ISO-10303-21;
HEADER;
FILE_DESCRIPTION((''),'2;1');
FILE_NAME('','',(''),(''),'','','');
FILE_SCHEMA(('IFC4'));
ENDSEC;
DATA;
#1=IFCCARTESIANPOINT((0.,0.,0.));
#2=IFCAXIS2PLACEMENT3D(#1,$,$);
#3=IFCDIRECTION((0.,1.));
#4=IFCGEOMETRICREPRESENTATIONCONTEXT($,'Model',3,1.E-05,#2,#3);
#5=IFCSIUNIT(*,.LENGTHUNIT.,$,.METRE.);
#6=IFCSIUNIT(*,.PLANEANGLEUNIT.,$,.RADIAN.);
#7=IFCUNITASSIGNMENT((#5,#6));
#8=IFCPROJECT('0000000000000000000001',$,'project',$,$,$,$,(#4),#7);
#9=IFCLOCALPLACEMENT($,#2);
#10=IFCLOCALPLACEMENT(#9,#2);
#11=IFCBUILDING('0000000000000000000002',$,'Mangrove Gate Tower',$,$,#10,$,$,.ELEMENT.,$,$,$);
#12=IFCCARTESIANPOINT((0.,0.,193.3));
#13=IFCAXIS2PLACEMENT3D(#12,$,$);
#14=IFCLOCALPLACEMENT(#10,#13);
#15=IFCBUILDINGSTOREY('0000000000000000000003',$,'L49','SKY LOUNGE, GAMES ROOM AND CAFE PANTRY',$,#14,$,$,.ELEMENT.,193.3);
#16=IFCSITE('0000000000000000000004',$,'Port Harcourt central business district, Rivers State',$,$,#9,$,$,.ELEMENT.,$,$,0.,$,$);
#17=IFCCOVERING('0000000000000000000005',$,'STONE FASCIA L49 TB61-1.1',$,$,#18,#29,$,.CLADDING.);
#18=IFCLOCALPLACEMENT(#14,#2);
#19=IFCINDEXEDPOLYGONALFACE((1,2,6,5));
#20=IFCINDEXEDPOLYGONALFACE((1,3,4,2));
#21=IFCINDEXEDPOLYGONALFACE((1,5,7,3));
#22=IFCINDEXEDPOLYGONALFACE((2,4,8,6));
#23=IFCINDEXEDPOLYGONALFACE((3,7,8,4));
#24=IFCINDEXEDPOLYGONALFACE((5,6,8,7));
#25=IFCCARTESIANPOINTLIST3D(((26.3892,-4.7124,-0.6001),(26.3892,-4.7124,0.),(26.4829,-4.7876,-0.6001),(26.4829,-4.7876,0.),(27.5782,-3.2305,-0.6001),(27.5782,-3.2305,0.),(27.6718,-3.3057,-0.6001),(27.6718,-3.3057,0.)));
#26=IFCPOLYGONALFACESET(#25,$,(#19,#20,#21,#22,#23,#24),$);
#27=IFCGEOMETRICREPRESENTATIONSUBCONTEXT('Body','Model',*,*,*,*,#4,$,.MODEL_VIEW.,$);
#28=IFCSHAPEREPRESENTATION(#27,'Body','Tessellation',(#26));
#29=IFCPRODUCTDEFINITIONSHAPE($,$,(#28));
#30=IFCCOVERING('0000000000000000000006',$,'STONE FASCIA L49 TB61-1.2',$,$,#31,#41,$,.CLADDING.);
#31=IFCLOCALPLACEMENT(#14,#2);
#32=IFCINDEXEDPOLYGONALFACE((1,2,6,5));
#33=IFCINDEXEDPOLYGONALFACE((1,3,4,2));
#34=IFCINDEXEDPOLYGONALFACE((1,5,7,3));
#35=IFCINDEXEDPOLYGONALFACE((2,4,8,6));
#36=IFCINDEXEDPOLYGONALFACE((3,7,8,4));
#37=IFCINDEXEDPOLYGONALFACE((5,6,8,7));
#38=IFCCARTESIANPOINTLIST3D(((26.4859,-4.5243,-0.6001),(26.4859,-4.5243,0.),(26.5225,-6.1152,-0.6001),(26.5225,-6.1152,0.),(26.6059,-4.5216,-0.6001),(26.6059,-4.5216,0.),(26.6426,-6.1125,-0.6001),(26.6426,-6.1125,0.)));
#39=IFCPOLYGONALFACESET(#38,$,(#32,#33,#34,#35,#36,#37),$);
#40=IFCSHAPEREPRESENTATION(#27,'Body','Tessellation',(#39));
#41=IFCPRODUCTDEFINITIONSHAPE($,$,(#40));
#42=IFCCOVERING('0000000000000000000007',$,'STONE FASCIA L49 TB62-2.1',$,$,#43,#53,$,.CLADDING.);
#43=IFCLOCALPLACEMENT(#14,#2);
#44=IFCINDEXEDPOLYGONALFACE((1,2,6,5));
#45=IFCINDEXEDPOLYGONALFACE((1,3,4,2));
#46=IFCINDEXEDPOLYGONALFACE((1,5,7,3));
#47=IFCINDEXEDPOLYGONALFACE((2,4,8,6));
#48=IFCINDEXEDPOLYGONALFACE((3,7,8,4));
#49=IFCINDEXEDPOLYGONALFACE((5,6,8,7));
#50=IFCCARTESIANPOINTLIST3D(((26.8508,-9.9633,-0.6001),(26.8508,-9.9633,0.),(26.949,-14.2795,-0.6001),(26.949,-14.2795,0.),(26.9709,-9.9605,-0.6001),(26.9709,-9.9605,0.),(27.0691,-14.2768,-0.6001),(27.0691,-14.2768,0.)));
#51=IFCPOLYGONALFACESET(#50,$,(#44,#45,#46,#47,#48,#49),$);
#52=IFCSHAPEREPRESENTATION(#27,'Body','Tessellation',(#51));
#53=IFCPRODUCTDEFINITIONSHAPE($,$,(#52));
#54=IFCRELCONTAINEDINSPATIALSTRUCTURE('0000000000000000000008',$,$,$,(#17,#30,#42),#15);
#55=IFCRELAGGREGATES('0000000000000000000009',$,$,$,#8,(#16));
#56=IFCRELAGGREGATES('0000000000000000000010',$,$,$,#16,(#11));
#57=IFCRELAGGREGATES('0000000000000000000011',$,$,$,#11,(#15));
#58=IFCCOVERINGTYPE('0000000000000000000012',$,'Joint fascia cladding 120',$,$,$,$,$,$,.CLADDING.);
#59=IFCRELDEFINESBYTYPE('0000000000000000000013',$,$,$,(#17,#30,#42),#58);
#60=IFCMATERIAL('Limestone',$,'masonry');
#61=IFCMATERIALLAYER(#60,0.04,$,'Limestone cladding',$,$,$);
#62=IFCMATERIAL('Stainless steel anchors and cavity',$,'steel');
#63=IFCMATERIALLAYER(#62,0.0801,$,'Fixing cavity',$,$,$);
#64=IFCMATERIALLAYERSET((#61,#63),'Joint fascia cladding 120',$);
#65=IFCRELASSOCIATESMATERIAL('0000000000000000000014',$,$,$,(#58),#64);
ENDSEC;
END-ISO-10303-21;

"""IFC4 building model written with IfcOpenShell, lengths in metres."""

from ifc_helpers import new_model, si_unit, direction, frame, frame_2d, origin, place, context, subcontext, project, spatial, rectangle, extrude, material, layer, layer_set, type_object, element, save


model = new_model("IFC4")

# Units and contexts
model_context = context("Model", 3, precision=1e-05, world=origin(), true_north=direction((0.0, 1.0)))
body_context = subcontext(model_context, "Body", "Model", "MODEL_VIEW")
ifc_project = project(units=[si_unit("LENGTHUNIT", "METRE"), si_unit("PLANEANGLEUNIT", "RADIAN")], contexts=[model_context])

# Site, building, storey
site_placement = place(None, origin())
site = spatial("IfcSite", under=ifc_project, at=site_placement, Name="Port Harcourt central business district, Rivers State", CompositionType="ELEMENT", RefElevation=0.0)
building_placement = place(site_placement, origin())
building = spatial("IfcBuilding", under=site, at=building_placement, Name="Mangrove Gate Tower", CompositionType="ELEMENT")
storey_placement = place(building_placement, frame((0.0, 0.0, 193.3)))
storey = spatial("IfcBuildingStorey", under=building, at=storey_placement, Name="L49", Description="SKY LOUNGE, GAMES ROOM AND CAFE PANTRY", CompositionType="ELEMENT", Elevation=193.3)

# Coverings
ifc_material_1 = material(Name="Limestone", Category="masonry")
ifc_layer_1 = layer(ifc_material_1, 0.04, Name="Limestone cladding")
ifc_material_2 = material(Name="Stainless steel anchors and cavity", Category="steel")
ifc_layer_2 = layer(ifc_material_2, 0.0801, Name="Fixing cavity")
ifc_layer_set_1 = layer_set([ifc_layer_1, ifc_layer_2], Name="Joint fascia cladding 120")
covering_type = type_object("IfcCoveringType", Name="Joint fascia cladding 120", PredefinedType="CLADDING", material=ifc_layer_set_1)
covering_1_placement = place(storey_placement, frame((27.625, -3.2681, -0.6001), z_axis=(0.0, 0.0, 1.0), x_axis=(-0.625791, -0.77999, 0.0)))
element("IfcCovering", 1, at=covering_1_placement, inside=storey, type_object=covering_type, Name="STONE FASCIA L49 TB61-1.1", PredefinedType="CLADDING", context=body_context, shape_type="SweptSolid", body=[
    extrude(rectangle(XDim=1.8999, YDim=0.1201, at=frame_2d((0.95, 0.0))), origin(), (0.0, 0.0, 1.0), 0.6001),
])
covering_2_placement = place(storey_placement, frame((26.5459, -4.5229, -0.6001), z_axis=(0.0, 0.0, 1.0), x_axis=(0.023014, -0.999735, 0.0)))
element("IfcCovering", 2, at=covering_2_placement, inside=storey, type_object=covering_type, Name="STONE FASCIA L49 TB61-1.2", PredefinedType="CLADDING", context=body_context, shape_type="SweptSolid", body=[
    extrude(rectangle(XDim=1.5913, YDim=0.1201, at=frame_2d((0.7957, 0.0))), origin(), (0.0, 0.0, 1.0), 0.6001),
])
covering_3_placement = place(storey_placement, frame((26.9109, -9.9619, -0.6001), z_axis=(0.0, 0.0, 1.0), x_axis=(0.022733, -0.999742, 0.0)))
element("IfcCovering", 3, at=covering_3_placement, inside=storey, type_object=covering_type, Name="STONE FASCIA L49 TB62-2.1", PredefinedType="CLADDING", context=body_context, shape_type="SweptSolid", body=[
    extrude(rectangle(XDim=4.3174, YDim=0.1201, at=frame_2d((2.1587, 0.0))), origin(), (0.0, 0.0, 1.0), 0.6001),
])

save(model, "model.ifc")
